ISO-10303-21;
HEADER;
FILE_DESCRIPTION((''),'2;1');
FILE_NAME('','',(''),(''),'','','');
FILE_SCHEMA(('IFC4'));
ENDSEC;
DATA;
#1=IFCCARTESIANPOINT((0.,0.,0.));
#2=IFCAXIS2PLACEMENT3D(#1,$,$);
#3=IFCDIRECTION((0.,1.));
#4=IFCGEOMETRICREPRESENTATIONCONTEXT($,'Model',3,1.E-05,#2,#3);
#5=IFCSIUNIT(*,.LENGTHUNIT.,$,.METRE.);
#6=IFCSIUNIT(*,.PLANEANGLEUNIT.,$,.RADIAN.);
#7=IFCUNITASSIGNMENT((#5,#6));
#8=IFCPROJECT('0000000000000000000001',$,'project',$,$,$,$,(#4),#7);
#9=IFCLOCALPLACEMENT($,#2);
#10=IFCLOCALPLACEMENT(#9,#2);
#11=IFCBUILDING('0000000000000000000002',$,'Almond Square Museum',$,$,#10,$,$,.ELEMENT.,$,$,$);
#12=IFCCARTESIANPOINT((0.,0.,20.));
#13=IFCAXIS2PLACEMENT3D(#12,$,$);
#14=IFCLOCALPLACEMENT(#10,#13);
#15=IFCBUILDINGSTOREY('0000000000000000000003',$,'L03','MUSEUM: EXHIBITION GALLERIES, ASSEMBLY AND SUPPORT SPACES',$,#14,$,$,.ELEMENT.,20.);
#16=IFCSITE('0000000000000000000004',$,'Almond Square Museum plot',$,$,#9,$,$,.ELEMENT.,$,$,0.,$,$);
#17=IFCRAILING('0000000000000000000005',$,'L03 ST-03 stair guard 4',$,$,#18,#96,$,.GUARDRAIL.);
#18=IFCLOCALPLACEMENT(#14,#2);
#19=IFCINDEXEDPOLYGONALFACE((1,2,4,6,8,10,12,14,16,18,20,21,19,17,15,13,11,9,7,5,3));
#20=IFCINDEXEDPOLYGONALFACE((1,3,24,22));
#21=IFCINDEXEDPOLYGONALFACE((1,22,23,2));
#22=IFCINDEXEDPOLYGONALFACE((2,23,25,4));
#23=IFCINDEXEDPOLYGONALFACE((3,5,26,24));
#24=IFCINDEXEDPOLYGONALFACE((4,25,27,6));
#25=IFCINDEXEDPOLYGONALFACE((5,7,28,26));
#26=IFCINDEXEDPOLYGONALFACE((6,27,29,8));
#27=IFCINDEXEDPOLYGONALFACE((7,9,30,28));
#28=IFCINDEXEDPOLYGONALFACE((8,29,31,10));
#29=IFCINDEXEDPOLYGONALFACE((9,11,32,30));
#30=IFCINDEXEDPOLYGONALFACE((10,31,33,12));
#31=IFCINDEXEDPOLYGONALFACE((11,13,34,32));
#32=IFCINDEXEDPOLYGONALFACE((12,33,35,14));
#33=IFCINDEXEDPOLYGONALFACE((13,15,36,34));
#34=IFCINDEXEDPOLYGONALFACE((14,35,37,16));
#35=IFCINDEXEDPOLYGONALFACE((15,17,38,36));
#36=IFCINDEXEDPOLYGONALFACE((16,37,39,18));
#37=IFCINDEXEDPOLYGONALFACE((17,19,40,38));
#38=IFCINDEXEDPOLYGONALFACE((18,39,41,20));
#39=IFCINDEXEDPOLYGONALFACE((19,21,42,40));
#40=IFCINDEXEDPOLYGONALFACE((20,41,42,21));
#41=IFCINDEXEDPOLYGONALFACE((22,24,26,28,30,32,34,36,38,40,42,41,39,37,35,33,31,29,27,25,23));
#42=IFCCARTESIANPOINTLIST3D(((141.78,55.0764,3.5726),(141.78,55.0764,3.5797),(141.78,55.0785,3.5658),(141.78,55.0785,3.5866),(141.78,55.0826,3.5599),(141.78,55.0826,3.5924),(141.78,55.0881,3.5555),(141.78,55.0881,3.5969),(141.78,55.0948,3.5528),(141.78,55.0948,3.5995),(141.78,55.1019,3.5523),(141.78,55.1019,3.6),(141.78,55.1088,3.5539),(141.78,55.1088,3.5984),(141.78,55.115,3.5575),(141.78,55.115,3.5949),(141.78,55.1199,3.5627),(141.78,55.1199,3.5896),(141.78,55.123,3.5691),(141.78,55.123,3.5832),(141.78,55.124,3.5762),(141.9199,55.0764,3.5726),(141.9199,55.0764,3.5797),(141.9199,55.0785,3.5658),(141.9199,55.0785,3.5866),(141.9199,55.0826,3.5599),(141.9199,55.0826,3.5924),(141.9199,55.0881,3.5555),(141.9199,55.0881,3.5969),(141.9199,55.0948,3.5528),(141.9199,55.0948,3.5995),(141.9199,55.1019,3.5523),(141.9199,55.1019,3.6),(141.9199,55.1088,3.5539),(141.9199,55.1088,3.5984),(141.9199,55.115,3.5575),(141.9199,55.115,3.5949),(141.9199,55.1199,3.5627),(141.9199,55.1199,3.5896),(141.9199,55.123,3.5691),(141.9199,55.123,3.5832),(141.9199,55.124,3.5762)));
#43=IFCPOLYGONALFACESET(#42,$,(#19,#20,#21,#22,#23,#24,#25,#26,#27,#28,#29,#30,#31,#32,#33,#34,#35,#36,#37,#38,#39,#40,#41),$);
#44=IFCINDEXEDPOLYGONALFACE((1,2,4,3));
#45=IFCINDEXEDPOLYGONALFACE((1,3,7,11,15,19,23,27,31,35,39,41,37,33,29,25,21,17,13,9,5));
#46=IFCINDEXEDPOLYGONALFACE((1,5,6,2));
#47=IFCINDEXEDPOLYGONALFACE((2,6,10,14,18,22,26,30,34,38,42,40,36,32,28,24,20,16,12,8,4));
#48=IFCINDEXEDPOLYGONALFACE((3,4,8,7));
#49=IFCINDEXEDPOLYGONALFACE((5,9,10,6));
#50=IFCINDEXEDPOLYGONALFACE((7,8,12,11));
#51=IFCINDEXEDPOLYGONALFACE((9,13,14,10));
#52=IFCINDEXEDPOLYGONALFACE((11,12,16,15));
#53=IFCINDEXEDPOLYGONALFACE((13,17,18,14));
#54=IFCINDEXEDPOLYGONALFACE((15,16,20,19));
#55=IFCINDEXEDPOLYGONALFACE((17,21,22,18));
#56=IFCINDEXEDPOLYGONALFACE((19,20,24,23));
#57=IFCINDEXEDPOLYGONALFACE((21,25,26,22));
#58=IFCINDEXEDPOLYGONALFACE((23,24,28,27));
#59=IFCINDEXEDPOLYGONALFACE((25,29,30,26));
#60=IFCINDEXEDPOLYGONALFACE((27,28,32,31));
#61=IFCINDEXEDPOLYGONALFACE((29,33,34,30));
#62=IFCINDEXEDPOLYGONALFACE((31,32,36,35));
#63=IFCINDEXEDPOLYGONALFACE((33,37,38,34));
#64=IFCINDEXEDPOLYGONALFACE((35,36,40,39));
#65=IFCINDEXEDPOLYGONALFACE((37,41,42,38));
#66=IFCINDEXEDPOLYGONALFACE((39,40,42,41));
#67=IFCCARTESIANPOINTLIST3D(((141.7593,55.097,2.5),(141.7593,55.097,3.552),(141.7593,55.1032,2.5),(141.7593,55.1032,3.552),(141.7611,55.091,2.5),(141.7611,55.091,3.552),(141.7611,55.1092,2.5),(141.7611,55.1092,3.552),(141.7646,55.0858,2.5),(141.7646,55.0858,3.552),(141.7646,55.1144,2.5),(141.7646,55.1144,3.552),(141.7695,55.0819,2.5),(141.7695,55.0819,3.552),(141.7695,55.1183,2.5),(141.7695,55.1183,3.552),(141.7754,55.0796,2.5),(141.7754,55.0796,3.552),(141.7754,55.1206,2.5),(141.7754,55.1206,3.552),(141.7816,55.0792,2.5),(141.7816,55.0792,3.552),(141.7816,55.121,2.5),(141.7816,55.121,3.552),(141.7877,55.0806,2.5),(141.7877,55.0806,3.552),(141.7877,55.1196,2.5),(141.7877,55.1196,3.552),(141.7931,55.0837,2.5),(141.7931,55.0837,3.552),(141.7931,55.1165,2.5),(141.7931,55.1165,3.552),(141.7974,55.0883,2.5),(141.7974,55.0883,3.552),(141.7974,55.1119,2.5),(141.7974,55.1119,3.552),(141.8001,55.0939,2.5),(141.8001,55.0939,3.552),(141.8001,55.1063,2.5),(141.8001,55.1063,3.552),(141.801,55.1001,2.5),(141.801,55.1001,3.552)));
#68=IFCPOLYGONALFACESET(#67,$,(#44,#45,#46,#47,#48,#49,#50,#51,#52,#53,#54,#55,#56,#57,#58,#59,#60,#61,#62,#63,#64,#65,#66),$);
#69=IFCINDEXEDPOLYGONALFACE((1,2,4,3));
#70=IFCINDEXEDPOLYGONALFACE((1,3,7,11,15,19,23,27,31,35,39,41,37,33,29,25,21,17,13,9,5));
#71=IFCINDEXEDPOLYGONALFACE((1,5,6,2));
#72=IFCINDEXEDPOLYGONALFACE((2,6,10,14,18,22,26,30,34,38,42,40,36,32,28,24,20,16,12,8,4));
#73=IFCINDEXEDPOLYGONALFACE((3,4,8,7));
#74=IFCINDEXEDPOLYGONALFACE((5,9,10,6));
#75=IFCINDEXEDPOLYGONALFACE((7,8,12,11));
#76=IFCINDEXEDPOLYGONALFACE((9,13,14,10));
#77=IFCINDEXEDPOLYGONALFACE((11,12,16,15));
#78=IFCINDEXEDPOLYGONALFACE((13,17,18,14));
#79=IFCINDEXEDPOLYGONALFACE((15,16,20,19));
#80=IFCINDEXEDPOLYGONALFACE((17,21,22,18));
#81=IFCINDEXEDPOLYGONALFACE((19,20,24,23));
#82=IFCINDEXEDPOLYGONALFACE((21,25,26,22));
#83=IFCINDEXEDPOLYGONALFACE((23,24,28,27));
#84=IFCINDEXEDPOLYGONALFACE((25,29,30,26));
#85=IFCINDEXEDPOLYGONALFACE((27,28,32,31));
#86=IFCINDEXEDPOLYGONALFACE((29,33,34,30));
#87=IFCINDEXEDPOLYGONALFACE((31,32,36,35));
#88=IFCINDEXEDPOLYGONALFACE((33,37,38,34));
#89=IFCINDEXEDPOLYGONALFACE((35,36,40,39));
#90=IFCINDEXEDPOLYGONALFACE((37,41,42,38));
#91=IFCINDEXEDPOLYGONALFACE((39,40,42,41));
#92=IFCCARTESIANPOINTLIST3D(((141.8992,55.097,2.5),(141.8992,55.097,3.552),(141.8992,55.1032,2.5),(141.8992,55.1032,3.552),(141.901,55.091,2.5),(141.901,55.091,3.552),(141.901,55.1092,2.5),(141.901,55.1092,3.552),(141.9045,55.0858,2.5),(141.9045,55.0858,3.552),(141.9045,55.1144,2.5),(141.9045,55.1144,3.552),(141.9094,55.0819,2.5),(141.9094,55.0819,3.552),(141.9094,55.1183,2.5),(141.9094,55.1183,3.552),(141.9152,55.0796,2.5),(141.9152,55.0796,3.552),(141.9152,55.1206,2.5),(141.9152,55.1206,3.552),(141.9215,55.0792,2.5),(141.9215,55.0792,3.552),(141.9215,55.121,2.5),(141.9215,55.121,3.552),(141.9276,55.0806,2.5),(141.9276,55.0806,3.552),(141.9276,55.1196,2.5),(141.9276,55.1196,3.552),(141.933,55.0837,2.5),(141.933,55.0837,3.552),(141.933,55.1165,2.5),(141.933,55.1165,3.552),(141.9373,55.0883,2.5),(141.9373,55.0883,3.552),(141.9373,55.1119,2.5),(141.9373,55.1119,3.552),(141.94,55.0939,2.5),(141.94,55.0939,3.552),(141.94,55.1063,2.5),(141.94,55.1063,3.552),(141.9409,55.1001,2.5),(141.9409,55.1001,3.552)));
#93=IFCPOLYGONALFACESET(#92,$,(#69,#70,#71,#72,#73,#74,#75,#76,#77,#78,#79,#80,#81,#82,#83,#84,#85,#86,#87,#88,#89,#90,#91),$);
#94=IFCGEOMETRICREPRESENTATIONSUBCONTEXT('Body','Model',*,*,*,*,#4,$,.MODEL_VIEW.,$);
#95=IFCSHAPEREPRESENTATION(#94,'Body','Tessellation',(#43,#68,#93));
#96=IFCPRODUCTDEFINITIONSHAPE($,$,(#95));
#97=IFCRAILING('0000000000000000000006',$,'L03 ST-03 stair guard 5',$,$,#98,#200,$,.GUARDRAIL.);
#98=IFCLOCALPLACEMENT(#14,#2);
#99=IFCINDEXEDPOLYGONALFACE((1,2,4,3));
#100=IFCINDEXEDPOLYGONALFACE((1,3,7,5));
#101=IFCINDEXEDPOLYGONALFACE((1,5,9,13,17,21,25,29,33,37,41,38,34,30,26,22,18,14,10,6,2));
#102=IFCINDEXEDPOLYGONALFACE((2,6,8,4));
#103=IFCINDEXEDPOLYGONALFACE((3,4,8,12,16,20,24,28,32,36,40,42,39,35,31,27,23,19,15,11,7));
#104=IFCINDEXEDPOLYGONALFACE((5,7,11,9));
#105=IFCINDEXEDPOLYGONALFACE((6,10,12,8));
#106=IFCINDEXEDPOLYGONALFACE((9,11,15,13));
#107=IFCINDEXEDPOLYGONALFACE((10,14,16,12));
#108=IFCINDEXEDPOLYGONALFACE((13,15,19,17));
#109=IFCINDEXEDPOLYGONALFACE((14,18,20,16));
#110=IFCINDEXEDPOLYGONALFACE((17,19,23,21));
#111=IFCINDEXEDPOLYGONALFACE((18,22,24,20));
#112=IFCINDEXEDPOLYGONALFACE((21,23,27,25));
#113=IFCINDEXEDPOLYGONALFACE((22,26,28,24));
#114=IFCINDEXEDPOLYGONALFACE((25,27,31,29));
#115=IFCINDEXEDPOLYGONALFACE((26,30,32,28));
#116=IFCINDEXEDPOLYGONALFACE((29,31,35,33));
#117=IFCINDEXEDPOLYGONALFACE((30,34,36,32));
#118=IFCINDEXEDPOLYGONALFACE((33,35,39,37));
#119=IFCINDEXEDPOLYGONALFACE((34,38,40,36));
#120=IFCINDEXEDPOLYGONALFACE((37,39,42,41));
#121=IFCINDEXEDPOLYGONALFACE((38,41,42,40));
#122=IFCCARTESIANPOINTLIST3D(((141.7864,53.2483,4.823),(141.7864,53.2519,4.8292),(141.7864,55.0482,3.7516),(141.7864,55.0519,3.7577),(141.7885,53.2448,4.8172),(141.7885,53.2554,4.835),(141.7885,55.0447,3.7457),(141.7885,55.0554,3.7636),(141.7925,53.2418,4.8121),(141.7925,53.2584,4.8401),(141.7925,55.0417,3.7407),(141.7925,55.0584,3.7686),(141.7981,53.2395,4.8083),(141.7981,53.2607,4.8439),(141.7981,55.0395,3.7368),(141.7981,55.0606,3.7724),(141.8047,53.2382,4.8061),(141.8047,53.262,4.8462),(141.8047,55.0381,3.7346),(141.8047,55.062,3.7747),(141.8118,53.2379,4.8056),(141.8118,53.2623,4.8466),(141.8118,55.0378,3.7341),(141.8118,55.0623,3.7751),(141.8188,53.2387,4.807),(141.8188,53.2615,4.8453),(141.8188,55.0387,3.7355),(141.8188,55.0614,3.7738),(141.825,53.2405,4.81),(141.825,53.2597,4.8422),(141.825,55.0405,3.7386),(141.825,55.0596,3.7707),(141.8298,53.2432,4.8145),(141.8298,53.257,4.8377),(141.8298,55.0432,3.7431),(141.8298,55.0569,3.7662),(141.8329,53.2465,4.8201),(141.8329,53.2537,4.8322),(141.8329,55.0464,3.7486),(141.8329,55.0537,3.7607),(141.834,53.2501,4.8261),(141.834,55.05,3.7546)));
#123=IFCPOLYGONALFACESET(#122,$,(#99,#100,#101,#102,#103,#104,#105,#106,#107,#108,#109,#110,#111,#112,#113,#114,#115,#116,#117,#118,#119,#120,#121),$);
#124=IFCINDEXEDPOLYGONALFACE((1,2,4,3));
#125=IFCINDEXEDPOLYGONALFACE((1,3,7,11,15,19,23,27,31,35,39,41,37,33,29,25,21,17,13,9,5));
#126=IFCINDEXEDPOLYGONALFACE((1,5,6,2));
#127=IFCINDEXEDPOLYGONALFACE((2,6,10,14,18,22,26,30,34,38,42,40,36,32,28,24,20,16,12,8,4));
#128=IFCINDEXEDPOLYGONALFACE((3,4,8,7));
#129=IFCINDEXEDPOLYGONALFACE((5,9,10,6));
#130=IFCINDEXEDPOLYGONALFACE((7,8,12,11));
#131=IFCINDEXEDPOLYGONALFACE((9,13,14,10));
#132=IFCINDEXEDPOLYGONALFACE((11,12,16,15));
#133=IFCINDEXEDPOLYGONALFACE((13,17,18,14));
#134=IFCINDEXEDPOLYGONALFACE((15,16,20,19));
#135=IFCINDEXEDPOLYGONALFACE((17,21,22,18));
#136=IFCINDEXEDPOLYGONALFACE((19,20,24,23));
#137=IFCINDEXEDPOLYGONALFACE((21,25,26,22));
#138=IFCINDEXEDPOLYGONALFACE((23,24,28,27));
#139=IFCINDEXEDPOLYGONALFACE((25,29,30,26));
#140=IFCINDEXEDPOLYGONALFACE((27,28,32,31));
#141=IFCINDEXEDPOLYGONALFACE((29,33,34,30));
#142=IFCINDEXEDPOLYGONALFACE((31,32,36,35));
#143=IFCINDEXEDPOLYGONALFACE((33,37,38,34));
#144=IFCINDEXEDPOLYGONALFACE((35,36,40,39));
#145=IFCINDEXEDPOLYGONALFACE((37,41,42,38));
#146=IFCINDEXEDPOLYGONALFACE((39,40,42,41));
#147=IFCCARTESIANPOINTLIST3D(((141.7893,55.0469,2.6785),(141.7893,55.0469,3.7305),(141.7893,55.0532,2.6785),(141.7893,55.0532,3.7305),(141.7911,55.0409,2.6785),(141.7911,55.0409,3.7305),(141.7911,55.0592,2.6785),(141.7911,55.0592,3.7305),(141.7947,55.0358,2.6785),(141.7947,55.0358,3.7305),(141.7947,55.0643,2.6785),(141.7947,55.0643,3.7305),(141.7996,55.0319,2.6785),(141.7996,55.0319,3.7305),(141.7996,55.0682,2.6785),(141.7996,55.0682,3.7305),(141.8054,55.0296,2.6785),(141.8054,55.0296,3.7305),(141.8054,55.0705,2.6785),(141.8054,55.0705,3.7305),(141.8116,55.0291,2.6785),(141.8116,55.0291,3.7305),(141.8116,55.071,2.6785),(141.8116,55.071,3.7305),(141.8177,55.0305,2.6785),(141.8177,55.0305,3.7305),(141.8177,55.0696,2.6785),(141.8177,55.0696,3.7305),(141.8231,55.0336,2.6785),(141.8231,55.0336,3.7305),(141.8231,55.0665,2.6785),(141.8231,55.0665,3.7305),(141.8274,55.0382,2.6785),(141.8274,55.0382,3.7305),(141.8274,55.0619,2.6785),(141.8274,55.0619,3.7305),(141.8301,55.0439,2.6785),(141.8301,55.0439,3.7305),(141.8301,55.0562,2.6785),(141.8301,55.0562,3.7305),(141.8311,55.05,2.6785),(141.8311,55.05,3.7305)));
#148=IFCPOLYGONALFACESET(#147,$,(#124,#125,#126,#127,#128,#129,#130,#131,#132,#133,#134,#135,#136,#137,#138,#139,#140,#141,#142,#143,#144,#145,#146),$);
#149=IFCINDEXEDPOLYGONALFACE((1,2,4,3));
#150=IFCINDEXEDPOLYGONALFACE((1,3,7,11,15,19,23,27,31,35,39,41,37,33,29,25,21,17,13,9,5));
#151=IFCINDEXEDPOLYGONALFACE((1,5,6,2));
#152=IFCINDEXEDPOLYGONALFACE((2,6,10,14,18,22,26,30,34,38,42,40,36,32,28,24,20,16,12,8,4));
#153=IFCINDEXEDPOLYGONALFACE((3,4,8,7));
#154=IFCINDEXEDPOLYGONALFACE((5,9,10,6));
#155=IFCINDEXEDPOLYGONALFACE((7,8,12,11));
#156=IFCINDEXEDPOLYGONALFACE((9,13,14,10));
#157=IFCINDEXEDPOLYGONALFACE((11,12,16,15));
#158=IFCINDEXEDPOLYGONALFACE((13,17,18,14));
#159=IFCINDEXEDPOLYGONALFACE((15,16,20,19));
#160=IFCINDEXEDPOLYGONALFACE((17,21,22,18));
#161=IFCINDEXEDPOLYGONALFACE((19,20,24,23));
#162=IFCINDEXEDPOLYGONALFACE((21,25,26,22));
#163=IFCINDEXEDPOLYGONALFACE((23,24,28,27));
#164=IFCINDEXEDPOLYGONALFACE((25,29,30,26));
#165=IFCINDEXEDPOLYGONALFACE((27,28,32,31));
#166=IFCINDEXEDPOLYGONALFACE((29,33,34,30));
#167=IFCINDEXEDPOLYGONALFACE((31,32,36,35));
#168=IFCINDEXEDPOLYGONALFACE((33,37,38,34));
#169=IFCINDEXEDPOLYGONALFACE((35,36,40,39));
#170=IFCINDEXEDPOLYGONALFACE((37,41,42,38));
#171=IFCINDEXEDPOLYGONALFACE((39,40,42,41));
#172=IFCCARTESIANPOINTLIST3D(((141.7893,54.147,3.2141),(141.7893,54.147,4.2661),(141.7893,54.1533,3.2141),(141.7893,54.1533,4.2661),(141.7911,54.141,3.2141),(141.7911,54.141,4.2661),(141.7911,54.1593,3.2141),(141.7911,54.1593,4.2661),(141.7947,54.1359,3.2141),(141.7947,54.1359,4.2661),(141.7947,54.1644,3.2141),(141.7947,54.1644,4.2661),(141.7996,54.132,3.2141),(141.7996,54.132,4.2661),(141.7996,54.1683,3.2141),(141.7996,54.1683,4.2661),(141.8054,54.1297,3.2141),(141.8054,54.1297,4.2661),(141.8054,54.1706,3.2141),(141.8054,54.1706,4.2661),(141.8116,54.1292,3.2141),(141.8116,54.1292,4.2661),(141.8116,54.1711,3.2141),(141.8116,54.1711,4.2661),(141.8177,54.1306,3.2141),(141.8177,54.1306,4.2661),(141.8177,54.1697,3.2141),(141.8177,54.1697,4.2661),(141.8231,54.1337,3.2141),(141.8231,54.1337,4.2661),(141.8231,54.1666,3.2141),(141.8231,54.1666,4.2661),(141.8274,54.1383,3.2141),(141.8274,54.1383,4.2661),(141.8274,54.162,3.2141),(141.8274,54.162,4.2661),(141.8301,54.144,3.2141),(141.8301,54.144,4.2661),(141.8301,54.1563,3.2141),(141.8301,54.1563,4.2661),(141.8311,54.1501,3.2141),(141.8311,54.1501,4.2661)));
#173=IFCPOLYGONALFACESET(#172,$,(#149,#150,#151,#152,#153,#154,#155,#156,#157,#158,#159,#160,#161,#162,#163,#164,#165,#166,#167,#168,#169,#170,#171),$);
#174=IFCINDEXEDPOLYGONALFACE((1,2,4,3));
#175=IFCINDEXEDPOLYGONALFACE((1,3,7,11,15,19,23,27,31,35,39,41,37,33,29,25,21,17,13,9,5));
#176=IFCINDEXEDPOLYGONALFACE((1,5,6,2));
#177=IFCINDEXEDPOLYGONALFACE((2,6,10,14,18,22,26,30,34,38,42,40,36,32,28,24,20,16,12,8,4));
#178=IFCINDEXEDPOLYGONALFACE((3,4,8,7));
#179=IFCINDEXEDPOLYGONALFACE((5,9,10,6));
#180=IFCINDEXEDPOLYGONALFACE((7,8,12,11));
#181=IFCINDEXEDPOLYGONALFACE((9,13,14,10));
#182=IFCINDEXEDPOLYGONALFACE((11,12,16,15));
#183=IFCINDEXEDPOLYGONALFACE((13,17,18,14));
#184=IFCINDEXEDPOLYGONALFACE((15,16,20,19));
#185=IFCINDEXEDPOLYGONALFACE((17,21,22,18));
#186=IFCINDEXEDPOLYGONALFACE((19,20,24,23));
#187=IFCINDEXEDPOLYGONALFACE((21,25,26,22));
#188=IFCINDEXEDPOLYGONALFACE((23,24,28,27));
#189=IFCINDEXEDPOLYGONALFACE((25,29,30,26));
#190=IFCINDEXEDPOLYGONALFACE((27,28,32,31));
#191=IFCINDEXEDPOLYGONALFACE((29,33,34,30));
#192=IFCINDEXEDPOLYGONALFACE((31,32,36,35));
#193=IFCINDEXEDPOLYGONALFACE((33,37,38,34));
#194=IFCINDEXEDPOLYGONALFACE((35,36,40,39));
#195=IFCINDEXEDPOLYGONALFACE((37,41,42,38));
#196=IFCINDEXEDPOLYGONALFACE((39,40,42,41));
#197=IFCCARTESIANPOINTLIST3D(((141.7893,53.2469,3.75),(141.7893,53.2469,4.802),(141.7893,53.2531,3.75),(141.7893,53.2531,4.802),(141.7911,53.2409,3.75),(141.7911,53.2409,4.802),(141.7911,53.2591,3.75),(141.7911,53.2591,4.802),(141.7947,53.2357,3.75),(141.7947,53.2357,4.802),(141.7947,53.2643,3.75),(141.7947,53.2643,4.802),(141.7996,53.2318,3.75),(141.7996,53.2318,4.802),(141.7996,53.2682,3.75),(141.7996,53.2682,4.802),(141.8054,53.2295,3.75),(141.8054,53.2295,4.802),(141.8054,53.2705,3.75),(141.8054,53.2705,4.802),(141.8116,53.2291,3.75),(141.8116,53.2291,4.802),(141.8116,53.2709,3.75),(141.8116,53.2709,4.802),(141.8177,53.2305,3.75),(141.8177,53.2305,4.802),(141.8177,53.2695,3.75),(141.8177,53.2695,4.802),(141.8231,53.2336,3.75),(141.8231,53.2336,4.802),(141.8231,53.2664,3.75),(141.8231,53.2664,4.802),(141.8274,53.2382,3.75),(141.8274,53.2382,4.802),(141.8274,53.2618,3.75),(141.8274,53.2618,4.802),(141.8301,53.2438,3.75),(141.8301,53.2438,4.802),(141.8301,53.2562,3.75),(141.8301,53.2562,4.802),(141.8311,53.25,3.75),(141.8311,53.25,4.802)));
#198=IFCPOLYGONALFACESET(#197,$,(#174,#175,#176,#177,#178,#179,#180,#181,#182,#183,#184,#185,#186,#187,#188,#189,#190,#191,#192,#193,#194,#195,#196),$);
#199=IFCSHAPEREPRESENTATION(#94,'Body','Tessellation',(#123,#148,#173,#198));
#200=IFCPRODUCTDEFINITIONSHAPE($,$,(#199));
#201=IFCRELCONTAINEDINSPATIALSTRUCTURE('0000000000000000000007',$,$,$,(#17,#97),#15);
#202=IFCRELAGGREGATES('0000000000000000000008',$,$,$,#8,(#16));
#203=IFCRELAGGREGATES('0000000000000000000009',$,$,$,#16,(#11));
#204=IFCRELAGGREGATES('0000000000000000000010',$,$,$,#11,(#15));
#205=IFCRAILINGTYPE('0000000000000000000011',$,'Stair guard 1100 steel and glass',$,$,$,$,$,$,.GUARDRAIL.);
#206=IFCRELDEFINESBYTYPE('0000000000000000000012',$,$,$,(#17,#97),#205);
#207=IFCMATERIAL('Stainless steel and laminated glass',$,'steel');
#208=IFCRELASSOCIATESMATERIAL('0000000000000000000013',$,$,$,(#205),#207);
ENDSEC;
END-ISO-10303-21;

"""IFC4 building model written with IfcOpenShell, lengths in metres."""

from ifc_helpers import new_model, si_unit, direction, frame, origin, origin_2d, place, context, subcontext, project, spatial, circle, extrude, material, type_object, element, save


model = new_model("IFC4")

# Units and contexts
model_context = context("Model", 3, precision=1e-05, world=origin(), true_north=direction((0.0, 1.0)))
body_context = subcontext(model_context, "Body", "Model", "MODEL_VIEW")
ifc_project = project(units=[si_unit("LENGTHUNIT", "METRE"), si_unit("PLANEANGLEUNIT", "RADIAN")], contexts=[model_context])

# Site, building, storey
site_placement = place(None, origin())
site = spatial("IfcSite", under=ifc_project, at=site_placement, Name="Almond Square Museum plot", CompositionType="ELEMENT", RefElevation=0.0)
building_placement = place(site_placement, origin())
building = spatial("IfcBuilding", under=site, at=building_placement, Name="Almond Square Museum", CompositionType="ELEMENT")
storey_placement = place(building_placement, frame((0.0, 0.0, 20.0)))
storey = spatial("IfcBuildingStorey", under=building, at=storey_placement, Name="L03", Description="MUSEUM: EXHIBITION GALLERIES, ASSEMBLY AND SUPPORT SPACES", CompositionType="ELEMENT", Elevation=20.0)

# Railings
ifc_material_1 = material(Name="Stainless steel and laminated glass", Category="steel")
railing_type_1 = type_object("IfcRailingType", Name="Stair guard 1100 steel and glass", PredefinedType="GUARDRAIL", material=ifc_material_1)
railing_1_placement = place(storey_placement, frame((141.78, 55.1001, 2.5)))
element("IfcRailing", 1, at=railing_1_placement, inside=storey, type_object=railing_type_1, Name="L03 ST-03 stair guard 4", PredefinedType="GUARDRAIL", context=body_context, shape_type="SweptSolid", body=[
    extrude(circle(Radius=0.0239, at=origin_2d()), frame((0.0, 0.0, 1.0762), z_axis=(1.0, 0.0, 0.0), x_axis=(0.0, 1.0, 0.0)), (0.0, 0.0, 1.0), 0.1399),
    extrude(circle(Radius=0.021, at=origin_2d()), origin(), (0.0, 0.0, 1.0), 1.052),
    extrude(circle(Radius=0.021, at=origin_2d()), frame((0.1399, 0.0, 0.0)), (0.0, 0.0, 1.0), 1.052),
])
railing_2_placement = place(storey_placement, frame((141.8101, 55.05, 2.6785)))
element("IfcRailing", 2, at=railing_2_placement, inside=storey, type_object=railing_type_1, Name="L03 ST-03 stair guard 5", PredefinedType="GUARDRAIL", context=body_context, shape_type="SweptSolid", body=[
    extrude(circle(Radius=0.0239, at=origin_2d()), frame((0.0, 0.0, 1.0762), z_axis=(0.0, -0.859277, 0.51151), x_axis=(1.0, 0.0, 0.0)), (0.0, 0.0, 1.0), 2.0947),
    extrude(circle(Radius=0.021, at=origin_2d()), origin(), (0.0, 0.0, 1.0), 1.052),
    extrude(circle(Radius=0.021, at=origin_2d()), frame((0.0, -0.8999, 0.5356)), (0.0, 0.0, 1.0), 1.052),
    extrude(circle(Radius=0.021, at=origin_2d()), frame((0.0, -1.8, 1.0715)), (0.0, 0.0, 1.0), 1.052),
])

save(model, "model.ifc")
